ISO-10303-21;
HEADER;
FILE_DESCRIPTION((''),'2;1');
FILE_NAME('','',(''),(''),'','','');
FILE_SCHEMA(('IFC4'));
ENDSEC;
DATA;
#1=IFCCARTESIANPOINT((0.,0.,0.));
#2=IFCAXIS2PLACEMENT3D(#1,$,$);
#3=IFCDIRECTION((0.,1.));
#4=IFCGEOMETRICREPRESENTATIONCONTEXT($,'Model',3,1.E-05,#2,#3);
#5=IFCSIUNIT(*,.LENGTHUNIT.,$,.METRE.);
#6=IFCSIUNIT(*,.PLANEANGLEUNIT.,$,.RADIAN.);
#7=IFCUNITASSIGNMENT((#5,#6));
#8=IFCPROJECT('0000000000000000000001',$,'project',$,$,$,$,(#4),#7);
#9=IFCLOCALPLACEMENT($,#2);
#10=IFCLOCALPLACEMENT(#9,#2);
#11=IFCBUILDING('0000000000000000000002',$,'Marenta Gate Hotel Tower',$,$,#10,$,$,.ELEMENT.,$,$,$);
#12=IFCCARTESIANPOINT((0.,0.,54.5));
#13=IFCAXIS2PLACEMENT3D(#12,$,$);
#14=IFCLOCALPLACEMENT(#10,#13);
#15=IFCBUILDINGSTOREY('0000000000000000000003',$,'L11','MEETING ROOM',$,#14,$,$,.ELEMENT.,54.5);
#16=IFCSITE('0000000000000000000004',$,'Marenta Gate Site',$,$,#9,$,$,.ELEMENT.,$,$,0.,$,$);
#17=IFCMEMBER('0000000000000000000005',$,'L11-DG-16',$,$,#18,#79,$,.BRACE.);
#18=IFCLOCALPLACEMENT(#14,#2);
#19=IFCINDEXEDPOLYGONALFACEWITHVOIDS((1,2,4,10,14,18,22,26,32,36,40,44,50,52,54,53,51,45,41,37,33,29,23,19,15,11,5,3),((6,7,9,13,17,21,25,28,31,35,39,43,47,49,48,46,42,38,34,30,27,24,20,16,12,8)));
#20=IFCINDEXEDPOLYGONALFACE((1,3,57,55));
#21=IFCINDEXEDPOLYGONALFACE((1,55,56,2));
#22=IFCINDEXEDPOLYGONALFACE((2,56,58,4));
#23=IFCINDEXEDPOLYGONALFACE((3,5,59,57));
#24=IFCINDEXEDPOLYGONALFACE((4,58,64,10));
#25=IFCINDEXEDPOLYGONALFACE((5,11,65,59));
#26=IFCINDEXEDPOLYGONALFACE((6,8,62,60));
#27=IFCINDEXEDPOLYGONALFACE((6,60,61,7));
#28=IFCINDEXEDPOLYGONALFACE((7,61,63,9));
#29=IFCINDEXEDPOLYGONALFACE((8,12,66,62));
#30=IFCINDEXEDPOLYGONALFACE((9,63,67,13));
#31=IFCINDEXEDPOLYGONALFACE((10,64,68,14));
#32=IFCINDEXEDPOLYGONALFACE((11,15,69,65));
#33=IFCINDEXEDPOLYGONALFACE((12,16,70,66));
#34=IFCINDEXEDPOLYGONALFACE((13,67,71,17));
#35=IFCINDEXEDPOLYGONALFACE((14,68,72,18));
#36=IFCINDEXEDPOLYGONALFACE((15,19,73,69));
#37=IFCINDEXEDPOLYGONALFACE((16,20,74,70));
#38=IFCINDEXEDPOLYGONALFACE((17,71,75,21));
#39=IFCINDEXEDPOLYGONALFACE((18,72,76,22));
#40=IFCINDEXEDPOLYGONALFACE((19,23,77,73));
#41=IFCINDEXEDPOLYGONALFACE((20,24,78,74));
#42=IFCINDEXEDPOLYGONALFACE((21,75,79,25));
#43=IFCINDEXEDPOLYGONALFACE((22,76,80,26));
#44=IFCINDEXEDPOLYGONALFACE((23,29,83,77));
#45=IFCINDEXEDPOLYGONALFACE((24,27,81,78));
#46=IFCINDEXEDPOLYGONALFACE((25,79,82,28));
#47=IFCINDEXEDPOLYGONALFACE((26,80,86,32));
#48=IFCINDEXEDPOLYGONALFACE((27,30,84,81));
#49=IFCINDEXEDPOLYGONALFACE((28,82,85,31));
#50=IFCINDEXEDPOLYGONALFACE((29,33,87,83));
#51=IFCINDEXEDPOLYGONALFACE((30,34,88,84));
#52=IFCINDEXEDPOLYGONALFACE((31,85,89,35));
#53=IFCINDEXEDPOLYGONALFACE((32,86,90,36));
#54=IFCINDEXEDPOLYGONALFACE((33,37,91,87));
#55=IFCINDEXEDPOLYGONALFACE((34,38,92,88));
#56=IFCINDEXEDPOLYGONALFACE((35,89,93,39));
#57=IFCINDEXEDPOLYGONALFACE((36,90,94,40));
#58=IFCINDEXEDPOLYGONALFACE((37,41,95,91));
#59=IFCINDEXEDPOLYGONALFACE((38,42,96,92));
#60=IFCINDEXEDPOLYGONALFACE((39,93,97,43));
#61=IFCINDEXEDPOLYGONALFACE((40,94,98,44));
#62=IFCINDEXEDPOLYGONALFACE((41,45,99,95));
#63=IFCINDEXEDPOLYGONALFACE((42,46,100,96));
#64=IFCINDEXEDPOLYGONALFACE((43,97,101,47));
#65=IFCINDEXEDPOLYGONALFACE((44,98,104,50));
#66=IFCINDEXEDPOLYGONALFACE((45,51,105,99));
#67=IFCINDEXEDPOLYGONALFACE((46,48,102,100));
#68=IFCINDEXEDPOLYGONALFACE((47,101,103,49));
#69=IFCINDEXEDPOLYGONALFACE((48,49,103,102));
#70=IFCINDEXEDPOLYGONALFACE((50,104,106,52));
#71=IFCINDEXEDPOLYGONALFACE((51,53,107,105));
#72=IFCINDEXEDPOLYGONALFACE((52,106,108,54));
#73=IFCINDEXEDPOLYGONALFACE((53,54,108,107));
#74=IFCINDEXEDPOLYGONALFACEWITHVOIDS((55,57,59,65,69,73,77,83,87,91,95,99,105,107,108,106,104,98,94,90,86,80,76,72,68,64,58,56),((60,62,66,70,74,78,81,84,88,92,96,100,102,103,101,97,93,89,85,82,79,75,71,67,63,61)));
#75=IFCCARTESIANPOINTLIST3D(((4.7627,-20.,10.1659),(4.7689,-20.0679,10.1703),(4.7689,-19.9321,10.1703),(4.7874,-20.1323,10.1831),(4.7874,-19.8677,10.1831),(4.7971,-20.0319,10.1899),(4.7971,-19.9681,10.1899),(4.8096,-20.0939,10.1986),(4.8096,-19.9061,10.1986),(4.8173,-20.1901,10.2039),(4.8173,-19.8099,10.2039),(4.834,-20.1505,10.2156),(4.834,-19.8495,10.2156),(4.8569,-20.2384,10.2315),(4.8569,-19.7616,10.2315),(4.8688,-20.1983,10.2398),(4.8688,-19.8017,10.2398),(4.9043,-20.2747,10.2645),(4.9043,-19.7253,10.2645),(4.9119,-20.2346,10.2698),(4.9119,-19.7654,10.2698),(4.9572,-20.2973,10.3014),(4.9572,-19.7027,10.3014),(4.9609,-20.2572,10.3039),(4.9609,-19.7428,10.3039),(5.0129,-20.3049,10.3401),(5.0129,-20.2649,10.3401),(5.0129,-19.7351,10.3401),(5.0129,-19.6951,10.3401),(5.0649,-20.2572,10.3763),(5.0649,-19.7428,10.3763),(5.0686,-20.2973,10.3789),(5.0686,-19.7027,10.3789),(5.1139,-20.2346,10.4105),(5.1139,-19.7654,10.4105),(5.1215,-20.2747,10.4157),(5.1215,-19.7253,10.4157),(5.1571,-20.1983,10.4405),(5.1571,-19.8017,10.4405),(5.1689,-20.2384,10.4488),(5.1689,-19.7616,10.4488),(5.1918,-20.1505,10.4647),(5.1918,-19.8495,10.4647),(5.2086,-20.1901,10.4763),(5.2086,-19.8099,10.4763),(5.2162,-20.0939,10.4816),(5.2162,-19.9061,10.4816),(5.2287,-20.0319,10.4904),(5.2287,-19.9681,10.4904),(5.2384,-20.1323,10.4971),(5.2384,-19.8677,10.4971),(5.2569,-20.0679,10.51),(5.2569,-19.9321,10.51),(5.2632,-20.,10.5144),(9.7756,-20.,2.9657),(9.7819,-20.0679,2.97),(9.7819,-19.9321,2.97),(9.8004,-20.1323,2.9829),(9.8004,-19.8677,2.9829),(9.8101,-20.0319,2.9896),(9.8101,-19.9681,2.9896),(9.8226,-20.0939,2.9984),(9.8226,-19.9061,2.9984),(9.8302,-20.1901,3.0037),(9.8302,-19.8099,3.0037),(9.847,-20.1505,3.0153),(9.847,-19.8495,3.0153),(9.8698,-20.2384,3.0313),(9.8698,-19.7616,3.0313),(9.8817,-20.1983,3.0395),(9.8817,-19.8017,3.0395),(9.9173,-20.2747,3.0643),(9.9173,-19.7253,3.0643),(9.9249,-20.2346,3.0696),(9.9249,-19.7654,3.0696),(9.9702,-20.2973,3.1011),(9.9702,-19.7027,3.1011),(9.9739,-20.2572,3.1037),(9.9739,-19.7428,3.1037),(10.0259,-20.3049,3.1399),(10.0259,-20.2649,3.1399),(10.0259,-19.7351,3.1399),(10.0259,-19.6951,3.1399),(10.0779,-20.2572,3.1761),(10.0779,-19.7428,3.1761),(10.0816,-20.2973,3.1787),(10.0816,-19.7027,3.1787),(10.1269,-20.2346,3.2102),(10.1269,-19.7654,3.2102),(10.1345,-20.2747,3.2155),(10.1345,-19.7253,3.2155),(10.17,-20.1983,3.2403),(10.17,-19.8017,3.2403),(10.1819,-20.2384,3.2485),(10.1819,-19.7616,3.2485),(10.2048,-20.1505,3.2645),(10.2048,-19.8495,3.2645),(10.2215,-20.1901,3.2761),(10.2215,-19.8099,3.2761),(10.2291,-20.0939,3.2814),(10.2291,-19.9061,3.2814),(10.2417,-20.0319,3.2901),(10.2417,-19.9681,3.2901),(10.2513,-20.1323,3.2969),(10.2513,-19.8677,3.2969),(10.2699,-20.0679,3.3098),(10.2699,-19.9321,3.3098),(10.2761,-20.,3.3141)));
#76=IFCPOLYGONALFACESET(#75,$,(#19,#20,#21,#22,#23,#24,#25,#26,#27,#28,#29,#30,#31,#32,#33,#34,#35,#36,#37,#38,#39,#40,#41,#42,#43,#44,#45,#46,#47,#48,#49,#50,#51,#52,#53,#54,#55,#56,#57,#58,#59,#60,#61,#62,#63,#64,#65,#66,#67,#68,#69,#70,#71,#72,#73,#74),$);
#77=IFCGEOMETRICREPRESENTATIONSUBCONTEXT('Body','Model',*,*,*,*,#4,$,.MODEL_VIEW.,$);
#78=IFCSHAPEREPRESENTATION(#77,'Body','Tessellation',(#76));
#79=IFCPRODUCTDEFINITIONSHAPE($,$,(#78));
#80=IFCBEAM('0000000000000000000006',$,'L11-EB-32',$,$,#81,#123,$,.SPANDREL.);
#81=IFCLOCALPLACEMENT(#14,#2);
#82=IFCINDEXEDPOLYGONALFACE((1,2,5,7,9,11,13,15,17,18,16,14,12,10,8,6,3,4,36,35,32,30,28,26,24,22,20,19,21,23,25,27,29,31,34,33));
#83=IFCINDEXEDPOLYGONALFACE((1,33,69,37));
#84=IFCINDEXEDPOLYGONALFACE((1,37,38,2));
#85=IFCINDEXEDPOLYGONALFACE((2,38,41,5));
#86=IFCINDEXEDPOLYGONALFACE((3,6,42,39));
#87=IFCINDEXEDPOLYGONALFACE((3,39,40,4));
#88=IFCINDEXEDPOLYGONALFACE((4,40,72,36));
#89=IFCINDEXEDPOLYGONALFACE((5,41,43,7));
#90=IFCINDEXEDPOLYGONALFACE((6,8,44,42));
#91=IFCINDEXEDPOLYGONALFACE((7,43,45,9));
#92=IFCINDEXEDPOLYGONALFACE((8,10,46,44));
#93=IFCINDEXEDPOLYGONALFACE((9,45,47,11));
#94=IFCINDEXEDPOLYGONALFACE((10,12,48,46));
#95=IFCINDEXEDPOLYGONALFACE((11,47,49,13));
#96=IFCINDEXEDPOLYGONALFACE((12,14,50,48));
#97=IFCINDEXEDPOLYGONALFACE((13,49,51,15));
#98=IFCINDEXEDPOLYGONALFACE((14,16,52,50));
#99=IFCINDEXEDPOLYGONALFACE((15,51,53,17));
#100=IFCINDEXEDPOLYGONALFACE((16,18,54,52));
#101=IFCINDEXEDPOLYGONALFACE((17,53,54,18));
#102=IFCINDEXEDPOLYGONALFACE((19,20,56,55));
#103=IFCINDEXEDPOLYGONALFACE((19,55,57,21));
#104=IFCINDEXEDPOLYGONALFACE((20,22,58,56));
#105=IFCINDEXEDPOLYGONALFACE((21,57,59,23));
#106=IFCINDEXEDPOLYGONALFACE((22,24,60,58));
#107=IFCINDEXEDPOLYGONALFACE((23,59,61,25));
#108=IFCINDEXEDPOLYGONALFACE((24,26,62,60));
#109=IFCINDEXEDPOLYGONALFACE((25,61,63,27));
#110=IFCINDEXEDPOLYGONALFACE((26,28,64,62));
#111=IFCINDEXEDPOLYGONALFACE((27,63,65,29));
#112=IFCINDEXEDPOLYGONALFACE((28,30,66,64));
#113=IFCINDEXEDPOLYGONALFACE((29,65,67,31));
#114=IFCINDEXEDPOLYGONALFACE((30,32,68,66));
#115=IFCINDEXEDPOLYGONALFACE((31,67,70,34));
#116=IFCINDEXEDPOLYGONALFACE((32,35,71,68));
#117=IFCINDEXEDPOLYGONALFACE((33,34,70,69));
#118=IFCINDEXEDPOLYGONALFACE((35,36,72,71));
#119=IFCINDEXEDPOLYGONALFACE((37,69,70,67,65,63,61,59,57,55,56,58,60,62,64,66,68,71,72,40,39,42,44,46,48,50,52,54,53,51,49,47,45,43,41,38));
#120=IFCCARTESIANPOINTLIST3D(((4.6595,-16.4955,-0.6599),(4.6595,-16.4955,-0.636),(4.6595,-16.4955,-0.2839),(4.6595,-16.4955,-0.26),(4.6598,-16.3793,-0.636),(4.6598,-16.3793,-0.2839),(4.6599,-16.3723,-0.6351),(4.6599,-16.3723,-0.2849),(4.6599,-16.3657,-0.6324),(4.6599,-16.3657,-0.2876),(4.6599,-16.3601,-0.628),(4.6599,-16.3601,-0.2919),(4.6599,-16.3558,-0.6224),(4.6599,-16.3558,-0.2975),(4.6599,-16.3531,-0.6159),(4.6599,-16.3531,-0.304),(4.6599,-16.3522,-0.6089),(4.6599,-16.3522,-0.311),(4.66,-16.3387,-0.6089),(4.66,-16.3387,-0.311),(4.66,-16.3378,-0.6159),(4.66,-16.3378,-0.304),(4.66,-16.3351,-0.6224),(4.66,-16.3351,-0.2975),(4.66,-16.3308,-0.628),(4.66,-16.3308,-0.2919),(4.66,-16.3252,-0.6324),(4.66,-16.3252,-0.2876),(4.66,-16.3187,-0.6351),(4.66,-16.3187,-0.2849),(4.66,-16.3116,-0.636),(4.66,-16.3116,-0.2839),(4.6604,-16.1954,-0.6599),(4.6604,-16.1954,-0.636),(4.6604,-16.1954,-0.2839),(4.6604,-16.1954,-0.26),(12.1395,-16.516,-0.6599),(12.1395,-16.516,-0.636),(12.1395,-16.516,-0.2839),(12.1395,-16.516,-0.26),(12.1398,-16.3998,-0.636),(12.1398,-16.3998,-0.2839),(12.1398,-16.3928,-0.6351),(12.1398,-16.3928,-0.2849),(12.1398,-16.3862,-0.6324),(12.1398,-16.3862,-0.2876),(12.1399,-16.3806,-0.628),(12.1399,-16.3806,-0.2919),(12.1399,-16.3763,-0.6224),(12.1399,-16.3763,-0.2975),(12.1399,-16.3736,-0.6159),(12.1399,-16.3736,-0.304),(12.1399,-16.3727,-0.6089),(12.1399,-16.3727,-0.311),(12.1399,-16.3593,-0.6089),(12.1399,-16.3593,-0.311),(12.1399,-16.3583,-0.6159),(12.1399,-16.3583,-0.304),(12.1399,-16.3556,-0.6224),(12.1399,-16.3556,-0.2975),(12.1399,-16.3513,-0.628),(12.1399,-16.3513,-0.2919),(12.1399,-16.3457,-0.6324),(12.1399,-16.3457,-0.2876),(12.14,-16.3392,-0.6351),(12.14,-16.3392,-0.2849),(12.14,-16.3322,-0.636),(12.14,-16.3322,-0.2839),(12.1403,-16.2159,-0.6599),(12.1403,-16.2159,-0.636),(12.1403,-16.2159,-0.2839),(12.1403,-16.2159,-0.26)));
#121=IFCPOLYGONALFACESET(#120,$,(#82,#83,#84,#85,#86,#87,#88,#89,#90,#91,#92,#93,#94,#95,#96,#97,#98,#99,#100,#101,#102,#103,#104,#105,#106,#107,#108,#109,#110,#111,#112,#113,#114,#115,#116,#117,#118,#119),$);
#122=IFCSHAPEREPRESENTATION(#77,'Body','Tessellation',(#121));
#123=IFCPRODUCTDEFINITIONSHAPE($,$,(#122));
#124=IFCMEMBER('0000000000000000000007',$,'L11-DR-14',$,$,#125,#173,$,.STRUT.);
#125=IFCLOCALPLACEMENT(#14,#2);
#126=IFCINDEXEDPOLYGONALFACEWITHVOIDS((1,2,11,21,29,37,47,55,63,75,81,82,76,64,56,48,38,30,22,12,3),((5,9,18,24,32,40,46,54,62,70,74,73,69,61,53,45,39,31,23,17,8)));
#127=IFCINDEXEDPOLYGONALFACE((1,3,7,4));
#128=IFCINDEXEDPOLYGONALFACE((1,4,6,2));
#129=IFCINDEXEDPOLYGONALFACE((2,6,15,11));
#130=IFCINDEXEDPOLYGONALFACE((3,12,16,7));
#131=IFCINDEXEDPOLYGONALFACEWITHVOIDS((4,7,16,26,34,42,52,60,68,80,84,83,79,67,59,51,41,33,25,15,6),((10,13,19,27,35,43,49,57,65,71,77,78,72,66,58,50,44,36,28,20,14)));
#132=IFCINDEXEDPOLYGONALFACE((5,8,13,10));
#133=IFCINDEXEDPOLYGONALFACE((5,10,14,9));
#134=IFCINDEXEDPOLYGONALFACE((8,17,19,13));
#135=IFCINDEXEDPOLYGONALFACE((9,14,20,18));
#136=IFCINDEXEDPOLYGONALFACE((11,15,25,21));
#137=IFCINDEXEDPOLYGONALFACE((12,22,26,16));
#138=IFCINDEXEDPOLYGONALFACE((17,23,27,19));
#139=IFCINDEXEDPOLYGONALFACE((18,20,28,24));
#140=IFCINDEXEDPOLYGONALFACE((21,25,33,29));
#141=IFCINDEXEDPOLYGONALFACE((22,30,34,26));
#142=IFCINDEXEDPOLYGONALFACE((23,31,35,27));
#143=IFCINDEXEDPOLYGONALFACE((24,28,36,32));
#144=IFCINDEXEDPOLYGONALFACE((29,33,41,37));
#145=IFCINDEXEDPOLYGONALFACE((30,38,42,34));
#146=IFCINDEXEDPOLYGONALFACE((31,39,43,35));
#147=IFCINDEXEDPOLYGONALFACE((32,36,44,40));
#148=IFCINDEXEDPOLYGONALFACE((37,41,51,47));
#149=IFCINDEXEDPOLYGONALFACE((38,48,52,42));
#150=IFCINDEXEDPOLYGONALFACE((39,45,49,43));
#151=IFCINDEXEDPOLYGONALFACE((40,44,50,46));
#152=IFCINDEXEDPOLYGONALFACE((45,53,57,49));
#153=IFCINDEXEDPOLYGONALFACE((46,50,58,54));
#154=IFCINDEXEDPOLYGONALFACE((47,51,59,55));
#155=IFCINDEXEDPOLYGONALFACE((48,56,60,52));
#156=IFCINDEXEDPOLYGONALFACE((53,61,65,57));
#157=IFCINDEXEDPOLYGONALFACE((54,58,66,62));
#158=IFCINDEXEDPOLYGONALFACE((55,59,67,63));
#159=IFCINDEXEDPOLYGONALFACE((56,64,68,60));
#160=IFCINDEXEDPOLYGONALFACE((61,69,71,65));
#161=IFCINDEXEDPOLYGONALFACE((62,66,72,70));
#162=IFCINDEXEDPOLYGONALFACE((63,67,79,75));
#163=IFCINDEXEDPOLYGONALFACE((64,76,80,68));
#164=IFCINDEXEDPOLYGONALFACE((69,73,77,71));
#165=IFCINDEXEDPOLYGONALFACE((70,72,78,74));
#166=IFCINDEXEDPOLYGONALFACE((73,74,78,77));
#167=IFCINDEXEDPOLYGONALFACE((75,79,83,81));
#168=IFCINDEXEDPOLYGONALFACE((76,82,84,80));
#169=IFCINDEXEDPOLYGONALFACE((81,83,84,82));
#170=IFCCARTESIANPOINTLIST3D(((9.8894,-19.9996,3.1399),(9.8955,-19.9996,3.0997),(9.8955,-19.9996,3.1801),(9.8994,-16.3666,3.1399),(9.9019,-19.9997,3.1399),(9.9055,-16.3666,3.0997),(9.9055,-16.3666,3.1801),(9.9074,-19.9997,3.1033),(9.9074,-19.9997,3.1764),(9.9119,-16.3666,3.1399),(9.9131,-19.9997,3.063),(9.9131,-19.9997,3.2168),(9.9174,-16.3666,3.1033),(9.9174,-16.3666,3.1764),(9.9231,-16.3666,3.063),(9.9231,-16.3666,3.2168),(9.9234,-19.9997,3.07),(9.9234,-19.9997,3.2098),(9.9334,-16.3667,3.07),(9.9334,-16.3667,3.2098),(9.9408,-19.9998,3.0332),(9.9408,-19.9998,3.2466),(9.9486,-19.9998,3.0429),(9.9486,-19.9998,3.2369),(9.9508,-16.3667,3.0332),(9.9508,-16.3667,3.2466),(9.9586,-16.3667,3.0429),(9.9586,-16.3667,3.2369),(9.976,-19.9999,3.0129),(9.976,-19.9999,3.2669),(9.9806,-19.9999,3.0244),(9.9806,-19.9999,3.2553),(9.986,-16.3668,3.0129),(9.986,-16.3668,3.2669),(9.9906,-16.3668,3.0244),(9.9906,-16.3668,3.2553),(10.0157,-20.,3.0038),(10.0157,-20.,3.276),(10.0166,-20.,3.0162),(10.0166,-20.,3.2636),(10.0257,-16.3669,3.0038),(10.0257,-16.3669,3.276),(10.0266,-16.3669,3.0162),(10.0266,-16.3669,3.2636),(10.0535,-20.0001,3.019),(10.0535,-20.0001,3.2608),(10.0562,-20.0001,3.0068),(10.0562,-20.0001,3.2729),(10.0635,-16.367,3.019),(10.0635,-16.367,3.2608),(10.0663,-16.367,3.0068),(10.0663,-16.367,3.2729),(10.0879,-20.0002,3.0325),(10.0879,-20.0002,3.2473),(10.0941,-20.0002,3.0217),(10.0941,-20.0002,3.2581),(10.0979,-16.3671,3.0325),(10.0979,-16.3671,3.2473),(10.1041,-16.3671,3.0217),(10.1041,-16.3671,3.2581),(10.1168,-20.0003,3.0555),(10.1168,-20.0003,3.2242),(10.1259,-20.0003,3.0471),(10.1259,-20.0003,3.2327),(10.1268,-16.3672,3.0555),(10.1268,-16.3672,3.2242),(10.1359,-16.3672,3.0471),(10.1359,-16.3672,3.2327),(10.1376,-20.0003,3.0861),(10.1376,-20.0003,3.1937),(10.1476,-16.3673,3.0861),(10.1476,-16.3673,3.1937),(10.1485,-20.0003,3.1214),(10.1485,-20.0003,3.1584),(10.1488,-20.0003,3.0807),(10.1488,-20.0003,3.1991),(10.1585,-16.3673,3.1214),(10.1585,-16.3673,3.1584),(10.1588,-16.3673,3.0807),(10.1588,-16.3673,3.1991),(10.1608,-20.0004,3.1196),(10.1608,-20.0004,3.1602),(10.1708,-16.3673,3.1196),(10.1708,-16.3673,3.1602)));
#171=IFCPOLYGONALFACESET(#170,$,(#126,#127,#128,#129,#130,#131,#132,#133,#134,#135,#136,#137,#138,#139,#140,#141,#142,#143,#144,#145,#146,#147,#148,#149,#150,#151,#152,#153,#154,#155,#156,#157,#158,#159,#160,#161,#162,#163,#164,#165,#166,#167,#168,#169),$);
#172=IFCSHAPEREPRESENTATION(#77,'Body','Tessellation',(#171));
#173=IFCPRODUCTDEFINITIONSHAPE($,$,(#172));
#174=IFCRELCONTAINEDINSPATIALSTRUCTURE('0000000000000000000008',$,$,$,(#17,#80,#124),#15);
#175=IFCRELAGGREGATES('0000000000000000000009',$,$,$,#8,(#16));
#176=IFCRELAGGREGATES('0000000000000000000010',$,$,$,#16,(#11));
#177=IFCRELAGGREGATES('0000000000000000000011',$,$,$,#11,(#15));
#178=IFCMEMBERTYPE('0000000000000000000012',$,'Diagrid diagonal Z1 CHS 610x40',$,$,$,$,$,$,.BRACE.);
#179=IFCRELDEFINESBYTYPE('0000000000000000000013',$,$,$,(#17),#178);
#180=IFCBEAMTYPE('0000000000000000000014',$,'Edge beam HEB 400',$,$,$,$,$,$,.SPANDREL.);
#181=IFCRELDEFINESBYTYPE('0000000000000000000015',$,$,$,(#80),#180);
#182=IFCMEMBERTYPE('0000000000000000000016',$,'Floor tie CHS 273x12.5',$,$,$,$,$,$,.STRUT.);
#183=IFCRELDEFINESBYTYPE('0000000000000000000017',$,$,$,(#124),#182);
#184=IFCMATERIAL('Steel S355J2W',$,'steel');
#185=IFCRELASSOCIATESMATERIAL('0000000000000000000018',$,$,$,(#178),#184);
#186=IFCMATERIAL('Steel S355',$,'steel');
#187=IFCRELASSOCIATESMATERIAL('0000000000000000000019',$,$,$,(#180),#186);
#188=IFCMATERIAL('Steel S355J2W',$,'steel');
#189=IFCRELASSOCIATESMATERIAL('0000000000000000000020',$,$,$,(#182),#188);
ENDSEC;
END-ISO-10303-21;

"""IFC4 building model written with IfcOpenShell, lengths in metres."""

from ifc_helpers import new_model, si_unit, direction, frame, origin, origin_2d, place, context, subcontext, project, spatial, hollow_circle, i_section, extrude, material, material_profile, profile_set, type_object, element, save


model = new_model("IFC4")

# Units and contexts
model_context = context("Model", 3, precision=1e-05, world=origin(), true_north=direction((0.0, 1.0)))
body_context = subcontext(model_context, "Body", "Model", "MODEL_VIEW")
ifc_project = project(units=[si_unit("LENGTHUNIT", "METRE"), si_unit("PLANEANGLEUNIT", "RADIAN")], contexts=[model_context])

# Site, building, storey
site_placement = place(None, origin())
site = spatial("IfcSite", under=ifc_project, at=site_placement, Name="Marenta Gate Site", CompositionType="ELEMENT", RefElevation=0.0)
building_placement = place(site_placement, origin())
building = spatial("IfcBuilding", under=site, at=building_placement, Name="Marenta Gate Hotel Tower", CompositionType="ELEMENT")
storey_placement = place(building_placement, frame((0.0, 0.0, 54.5)))
storey = spatial("IfcBuildingStorey", under=building, at=storey_placement, Name="L11", Description="MEETING ROOM", CompositionType="ELEMENT", Elevation=54.5)

# Member
ifc_material_1 = material(Name="Steel S355J2W", Category="steel")
ifc_material_profile_1 = material_profile(ifc_material_1, hollow_circle(Radius=0.3049, WallThickness=0.04, at=origin_2d()), Name="CHS 610x40")
ifc_profile_set_1 = profile_set([ifc_material_profile_1], Name="Steel S355J2W")
member_type_1 = type_object("IfcMemberType", Name="Diagrid diagonal Z1 CHS 610x40", PredefinedType="BRACE", material=ifc_profile_set_1)
for number, where, z_axis, x_axis, name in (
    (1, (10.0259, -20.0, 3.1399), (-0.57138, 0.0, 0.820686), (0.0, -1.0, 0.0), "L11-DG-16"),
):
    element("IfcMember", number, at=place(storey_placement, frame(where, z_axis=z_axis, x_axis=x_axis)), inside=storey, type_object=member_type_1, Name=name, PredefinedType="BRACE", context=body_context, shape_type="SweptSolid", body=[
        extrude(hollow_circle(Radius=0.3049, WallThickness=0.04, at=origin_2d()), origin(), (0.0, 0.0, 1.0), 8.7734),
    ])

# Beam
ifc_material_2 = material(Name="Steel S355", Category="steel")
ifc_material_profile_2 = material_profile(ifc_material_2, i_section(OverallWidth=0.3, OverallDepth=0.3999, WebThickness=0.0134, FlangeThickness=0.0239, FilletRadius=0.0271, at=origin_2d()), Name="HEB 400")
ifc_profile_set_2 = profile_set([ifc_material_profile_2], Name="Steel S355")
beam_type_1 = type_object("IfcBeamType", Name="Edge beam HEB 400", PredefinedType="SPANDREL", material=ifc_profile_set_2)
beam_1_placement = place(storey_placement, frame((12.1399, -16.366, -0.46), z_axis=(-0.999996, 0.002742, 0.0), x_axis=(-0.002742, -0.999996, 0.0)))
element("IfcBeam", 2, at=beam_1_placement, inside=storey, type_object=beam_type_1, Name="L11-EB-32", PredefinedType="SPANDREL", context=body_context, shape_type="SweptSolid", body=[
    extrude(i_section(OverallWidth=0.3, OverallDepth=0.3999, WebThickness=0.0134, FlangeThickness=0.0239, FilletRadius=0.0271, at=origin_2d()), origin(), (0.0, 0.0, 1.0), 7.48),
])

# Member
ifc_material_3 = material(Name="Steel S355J2W", Category="steel")
ifc_material_profile_3 = material_profile(ifc_material_3, hollow_circle(Radius=0.1365, WallThickness=0.0125, at=origin_2d()), Name="CHS 273x12.5")
ifc_profile_set_3 = profile_set([ifc_material_profile_3], Name="Steel S355J2W")
member_type_2 = type_object("IfcMemberType", Name="Floor tie CHS 273x12.5", PredefinedType="STRUT", material=ifc_profile_set_3)
member_1_placement = place(storey_placement, frame((10.0259, -20.0, 3.1399), z_axis=(0.002755, 0.999996, 0.0), x_axis=(-0.999996, 0.002755, 0.0)))
element("IfcMember", 3, at=member_1_placement, inside=storey, type_object=member_type_2, Name="L11-DR-14", PredefinedType="STRUT", context=body_context, shape_type="SweptSolid", body=[
    extrude(hollow_circle(Radius=0.1365, WallThickness=0.0125, at=origin_2d()), origin(), (0.0, 0.0, 1.0), 3.6331),
])

save(model, "model.ifc")
